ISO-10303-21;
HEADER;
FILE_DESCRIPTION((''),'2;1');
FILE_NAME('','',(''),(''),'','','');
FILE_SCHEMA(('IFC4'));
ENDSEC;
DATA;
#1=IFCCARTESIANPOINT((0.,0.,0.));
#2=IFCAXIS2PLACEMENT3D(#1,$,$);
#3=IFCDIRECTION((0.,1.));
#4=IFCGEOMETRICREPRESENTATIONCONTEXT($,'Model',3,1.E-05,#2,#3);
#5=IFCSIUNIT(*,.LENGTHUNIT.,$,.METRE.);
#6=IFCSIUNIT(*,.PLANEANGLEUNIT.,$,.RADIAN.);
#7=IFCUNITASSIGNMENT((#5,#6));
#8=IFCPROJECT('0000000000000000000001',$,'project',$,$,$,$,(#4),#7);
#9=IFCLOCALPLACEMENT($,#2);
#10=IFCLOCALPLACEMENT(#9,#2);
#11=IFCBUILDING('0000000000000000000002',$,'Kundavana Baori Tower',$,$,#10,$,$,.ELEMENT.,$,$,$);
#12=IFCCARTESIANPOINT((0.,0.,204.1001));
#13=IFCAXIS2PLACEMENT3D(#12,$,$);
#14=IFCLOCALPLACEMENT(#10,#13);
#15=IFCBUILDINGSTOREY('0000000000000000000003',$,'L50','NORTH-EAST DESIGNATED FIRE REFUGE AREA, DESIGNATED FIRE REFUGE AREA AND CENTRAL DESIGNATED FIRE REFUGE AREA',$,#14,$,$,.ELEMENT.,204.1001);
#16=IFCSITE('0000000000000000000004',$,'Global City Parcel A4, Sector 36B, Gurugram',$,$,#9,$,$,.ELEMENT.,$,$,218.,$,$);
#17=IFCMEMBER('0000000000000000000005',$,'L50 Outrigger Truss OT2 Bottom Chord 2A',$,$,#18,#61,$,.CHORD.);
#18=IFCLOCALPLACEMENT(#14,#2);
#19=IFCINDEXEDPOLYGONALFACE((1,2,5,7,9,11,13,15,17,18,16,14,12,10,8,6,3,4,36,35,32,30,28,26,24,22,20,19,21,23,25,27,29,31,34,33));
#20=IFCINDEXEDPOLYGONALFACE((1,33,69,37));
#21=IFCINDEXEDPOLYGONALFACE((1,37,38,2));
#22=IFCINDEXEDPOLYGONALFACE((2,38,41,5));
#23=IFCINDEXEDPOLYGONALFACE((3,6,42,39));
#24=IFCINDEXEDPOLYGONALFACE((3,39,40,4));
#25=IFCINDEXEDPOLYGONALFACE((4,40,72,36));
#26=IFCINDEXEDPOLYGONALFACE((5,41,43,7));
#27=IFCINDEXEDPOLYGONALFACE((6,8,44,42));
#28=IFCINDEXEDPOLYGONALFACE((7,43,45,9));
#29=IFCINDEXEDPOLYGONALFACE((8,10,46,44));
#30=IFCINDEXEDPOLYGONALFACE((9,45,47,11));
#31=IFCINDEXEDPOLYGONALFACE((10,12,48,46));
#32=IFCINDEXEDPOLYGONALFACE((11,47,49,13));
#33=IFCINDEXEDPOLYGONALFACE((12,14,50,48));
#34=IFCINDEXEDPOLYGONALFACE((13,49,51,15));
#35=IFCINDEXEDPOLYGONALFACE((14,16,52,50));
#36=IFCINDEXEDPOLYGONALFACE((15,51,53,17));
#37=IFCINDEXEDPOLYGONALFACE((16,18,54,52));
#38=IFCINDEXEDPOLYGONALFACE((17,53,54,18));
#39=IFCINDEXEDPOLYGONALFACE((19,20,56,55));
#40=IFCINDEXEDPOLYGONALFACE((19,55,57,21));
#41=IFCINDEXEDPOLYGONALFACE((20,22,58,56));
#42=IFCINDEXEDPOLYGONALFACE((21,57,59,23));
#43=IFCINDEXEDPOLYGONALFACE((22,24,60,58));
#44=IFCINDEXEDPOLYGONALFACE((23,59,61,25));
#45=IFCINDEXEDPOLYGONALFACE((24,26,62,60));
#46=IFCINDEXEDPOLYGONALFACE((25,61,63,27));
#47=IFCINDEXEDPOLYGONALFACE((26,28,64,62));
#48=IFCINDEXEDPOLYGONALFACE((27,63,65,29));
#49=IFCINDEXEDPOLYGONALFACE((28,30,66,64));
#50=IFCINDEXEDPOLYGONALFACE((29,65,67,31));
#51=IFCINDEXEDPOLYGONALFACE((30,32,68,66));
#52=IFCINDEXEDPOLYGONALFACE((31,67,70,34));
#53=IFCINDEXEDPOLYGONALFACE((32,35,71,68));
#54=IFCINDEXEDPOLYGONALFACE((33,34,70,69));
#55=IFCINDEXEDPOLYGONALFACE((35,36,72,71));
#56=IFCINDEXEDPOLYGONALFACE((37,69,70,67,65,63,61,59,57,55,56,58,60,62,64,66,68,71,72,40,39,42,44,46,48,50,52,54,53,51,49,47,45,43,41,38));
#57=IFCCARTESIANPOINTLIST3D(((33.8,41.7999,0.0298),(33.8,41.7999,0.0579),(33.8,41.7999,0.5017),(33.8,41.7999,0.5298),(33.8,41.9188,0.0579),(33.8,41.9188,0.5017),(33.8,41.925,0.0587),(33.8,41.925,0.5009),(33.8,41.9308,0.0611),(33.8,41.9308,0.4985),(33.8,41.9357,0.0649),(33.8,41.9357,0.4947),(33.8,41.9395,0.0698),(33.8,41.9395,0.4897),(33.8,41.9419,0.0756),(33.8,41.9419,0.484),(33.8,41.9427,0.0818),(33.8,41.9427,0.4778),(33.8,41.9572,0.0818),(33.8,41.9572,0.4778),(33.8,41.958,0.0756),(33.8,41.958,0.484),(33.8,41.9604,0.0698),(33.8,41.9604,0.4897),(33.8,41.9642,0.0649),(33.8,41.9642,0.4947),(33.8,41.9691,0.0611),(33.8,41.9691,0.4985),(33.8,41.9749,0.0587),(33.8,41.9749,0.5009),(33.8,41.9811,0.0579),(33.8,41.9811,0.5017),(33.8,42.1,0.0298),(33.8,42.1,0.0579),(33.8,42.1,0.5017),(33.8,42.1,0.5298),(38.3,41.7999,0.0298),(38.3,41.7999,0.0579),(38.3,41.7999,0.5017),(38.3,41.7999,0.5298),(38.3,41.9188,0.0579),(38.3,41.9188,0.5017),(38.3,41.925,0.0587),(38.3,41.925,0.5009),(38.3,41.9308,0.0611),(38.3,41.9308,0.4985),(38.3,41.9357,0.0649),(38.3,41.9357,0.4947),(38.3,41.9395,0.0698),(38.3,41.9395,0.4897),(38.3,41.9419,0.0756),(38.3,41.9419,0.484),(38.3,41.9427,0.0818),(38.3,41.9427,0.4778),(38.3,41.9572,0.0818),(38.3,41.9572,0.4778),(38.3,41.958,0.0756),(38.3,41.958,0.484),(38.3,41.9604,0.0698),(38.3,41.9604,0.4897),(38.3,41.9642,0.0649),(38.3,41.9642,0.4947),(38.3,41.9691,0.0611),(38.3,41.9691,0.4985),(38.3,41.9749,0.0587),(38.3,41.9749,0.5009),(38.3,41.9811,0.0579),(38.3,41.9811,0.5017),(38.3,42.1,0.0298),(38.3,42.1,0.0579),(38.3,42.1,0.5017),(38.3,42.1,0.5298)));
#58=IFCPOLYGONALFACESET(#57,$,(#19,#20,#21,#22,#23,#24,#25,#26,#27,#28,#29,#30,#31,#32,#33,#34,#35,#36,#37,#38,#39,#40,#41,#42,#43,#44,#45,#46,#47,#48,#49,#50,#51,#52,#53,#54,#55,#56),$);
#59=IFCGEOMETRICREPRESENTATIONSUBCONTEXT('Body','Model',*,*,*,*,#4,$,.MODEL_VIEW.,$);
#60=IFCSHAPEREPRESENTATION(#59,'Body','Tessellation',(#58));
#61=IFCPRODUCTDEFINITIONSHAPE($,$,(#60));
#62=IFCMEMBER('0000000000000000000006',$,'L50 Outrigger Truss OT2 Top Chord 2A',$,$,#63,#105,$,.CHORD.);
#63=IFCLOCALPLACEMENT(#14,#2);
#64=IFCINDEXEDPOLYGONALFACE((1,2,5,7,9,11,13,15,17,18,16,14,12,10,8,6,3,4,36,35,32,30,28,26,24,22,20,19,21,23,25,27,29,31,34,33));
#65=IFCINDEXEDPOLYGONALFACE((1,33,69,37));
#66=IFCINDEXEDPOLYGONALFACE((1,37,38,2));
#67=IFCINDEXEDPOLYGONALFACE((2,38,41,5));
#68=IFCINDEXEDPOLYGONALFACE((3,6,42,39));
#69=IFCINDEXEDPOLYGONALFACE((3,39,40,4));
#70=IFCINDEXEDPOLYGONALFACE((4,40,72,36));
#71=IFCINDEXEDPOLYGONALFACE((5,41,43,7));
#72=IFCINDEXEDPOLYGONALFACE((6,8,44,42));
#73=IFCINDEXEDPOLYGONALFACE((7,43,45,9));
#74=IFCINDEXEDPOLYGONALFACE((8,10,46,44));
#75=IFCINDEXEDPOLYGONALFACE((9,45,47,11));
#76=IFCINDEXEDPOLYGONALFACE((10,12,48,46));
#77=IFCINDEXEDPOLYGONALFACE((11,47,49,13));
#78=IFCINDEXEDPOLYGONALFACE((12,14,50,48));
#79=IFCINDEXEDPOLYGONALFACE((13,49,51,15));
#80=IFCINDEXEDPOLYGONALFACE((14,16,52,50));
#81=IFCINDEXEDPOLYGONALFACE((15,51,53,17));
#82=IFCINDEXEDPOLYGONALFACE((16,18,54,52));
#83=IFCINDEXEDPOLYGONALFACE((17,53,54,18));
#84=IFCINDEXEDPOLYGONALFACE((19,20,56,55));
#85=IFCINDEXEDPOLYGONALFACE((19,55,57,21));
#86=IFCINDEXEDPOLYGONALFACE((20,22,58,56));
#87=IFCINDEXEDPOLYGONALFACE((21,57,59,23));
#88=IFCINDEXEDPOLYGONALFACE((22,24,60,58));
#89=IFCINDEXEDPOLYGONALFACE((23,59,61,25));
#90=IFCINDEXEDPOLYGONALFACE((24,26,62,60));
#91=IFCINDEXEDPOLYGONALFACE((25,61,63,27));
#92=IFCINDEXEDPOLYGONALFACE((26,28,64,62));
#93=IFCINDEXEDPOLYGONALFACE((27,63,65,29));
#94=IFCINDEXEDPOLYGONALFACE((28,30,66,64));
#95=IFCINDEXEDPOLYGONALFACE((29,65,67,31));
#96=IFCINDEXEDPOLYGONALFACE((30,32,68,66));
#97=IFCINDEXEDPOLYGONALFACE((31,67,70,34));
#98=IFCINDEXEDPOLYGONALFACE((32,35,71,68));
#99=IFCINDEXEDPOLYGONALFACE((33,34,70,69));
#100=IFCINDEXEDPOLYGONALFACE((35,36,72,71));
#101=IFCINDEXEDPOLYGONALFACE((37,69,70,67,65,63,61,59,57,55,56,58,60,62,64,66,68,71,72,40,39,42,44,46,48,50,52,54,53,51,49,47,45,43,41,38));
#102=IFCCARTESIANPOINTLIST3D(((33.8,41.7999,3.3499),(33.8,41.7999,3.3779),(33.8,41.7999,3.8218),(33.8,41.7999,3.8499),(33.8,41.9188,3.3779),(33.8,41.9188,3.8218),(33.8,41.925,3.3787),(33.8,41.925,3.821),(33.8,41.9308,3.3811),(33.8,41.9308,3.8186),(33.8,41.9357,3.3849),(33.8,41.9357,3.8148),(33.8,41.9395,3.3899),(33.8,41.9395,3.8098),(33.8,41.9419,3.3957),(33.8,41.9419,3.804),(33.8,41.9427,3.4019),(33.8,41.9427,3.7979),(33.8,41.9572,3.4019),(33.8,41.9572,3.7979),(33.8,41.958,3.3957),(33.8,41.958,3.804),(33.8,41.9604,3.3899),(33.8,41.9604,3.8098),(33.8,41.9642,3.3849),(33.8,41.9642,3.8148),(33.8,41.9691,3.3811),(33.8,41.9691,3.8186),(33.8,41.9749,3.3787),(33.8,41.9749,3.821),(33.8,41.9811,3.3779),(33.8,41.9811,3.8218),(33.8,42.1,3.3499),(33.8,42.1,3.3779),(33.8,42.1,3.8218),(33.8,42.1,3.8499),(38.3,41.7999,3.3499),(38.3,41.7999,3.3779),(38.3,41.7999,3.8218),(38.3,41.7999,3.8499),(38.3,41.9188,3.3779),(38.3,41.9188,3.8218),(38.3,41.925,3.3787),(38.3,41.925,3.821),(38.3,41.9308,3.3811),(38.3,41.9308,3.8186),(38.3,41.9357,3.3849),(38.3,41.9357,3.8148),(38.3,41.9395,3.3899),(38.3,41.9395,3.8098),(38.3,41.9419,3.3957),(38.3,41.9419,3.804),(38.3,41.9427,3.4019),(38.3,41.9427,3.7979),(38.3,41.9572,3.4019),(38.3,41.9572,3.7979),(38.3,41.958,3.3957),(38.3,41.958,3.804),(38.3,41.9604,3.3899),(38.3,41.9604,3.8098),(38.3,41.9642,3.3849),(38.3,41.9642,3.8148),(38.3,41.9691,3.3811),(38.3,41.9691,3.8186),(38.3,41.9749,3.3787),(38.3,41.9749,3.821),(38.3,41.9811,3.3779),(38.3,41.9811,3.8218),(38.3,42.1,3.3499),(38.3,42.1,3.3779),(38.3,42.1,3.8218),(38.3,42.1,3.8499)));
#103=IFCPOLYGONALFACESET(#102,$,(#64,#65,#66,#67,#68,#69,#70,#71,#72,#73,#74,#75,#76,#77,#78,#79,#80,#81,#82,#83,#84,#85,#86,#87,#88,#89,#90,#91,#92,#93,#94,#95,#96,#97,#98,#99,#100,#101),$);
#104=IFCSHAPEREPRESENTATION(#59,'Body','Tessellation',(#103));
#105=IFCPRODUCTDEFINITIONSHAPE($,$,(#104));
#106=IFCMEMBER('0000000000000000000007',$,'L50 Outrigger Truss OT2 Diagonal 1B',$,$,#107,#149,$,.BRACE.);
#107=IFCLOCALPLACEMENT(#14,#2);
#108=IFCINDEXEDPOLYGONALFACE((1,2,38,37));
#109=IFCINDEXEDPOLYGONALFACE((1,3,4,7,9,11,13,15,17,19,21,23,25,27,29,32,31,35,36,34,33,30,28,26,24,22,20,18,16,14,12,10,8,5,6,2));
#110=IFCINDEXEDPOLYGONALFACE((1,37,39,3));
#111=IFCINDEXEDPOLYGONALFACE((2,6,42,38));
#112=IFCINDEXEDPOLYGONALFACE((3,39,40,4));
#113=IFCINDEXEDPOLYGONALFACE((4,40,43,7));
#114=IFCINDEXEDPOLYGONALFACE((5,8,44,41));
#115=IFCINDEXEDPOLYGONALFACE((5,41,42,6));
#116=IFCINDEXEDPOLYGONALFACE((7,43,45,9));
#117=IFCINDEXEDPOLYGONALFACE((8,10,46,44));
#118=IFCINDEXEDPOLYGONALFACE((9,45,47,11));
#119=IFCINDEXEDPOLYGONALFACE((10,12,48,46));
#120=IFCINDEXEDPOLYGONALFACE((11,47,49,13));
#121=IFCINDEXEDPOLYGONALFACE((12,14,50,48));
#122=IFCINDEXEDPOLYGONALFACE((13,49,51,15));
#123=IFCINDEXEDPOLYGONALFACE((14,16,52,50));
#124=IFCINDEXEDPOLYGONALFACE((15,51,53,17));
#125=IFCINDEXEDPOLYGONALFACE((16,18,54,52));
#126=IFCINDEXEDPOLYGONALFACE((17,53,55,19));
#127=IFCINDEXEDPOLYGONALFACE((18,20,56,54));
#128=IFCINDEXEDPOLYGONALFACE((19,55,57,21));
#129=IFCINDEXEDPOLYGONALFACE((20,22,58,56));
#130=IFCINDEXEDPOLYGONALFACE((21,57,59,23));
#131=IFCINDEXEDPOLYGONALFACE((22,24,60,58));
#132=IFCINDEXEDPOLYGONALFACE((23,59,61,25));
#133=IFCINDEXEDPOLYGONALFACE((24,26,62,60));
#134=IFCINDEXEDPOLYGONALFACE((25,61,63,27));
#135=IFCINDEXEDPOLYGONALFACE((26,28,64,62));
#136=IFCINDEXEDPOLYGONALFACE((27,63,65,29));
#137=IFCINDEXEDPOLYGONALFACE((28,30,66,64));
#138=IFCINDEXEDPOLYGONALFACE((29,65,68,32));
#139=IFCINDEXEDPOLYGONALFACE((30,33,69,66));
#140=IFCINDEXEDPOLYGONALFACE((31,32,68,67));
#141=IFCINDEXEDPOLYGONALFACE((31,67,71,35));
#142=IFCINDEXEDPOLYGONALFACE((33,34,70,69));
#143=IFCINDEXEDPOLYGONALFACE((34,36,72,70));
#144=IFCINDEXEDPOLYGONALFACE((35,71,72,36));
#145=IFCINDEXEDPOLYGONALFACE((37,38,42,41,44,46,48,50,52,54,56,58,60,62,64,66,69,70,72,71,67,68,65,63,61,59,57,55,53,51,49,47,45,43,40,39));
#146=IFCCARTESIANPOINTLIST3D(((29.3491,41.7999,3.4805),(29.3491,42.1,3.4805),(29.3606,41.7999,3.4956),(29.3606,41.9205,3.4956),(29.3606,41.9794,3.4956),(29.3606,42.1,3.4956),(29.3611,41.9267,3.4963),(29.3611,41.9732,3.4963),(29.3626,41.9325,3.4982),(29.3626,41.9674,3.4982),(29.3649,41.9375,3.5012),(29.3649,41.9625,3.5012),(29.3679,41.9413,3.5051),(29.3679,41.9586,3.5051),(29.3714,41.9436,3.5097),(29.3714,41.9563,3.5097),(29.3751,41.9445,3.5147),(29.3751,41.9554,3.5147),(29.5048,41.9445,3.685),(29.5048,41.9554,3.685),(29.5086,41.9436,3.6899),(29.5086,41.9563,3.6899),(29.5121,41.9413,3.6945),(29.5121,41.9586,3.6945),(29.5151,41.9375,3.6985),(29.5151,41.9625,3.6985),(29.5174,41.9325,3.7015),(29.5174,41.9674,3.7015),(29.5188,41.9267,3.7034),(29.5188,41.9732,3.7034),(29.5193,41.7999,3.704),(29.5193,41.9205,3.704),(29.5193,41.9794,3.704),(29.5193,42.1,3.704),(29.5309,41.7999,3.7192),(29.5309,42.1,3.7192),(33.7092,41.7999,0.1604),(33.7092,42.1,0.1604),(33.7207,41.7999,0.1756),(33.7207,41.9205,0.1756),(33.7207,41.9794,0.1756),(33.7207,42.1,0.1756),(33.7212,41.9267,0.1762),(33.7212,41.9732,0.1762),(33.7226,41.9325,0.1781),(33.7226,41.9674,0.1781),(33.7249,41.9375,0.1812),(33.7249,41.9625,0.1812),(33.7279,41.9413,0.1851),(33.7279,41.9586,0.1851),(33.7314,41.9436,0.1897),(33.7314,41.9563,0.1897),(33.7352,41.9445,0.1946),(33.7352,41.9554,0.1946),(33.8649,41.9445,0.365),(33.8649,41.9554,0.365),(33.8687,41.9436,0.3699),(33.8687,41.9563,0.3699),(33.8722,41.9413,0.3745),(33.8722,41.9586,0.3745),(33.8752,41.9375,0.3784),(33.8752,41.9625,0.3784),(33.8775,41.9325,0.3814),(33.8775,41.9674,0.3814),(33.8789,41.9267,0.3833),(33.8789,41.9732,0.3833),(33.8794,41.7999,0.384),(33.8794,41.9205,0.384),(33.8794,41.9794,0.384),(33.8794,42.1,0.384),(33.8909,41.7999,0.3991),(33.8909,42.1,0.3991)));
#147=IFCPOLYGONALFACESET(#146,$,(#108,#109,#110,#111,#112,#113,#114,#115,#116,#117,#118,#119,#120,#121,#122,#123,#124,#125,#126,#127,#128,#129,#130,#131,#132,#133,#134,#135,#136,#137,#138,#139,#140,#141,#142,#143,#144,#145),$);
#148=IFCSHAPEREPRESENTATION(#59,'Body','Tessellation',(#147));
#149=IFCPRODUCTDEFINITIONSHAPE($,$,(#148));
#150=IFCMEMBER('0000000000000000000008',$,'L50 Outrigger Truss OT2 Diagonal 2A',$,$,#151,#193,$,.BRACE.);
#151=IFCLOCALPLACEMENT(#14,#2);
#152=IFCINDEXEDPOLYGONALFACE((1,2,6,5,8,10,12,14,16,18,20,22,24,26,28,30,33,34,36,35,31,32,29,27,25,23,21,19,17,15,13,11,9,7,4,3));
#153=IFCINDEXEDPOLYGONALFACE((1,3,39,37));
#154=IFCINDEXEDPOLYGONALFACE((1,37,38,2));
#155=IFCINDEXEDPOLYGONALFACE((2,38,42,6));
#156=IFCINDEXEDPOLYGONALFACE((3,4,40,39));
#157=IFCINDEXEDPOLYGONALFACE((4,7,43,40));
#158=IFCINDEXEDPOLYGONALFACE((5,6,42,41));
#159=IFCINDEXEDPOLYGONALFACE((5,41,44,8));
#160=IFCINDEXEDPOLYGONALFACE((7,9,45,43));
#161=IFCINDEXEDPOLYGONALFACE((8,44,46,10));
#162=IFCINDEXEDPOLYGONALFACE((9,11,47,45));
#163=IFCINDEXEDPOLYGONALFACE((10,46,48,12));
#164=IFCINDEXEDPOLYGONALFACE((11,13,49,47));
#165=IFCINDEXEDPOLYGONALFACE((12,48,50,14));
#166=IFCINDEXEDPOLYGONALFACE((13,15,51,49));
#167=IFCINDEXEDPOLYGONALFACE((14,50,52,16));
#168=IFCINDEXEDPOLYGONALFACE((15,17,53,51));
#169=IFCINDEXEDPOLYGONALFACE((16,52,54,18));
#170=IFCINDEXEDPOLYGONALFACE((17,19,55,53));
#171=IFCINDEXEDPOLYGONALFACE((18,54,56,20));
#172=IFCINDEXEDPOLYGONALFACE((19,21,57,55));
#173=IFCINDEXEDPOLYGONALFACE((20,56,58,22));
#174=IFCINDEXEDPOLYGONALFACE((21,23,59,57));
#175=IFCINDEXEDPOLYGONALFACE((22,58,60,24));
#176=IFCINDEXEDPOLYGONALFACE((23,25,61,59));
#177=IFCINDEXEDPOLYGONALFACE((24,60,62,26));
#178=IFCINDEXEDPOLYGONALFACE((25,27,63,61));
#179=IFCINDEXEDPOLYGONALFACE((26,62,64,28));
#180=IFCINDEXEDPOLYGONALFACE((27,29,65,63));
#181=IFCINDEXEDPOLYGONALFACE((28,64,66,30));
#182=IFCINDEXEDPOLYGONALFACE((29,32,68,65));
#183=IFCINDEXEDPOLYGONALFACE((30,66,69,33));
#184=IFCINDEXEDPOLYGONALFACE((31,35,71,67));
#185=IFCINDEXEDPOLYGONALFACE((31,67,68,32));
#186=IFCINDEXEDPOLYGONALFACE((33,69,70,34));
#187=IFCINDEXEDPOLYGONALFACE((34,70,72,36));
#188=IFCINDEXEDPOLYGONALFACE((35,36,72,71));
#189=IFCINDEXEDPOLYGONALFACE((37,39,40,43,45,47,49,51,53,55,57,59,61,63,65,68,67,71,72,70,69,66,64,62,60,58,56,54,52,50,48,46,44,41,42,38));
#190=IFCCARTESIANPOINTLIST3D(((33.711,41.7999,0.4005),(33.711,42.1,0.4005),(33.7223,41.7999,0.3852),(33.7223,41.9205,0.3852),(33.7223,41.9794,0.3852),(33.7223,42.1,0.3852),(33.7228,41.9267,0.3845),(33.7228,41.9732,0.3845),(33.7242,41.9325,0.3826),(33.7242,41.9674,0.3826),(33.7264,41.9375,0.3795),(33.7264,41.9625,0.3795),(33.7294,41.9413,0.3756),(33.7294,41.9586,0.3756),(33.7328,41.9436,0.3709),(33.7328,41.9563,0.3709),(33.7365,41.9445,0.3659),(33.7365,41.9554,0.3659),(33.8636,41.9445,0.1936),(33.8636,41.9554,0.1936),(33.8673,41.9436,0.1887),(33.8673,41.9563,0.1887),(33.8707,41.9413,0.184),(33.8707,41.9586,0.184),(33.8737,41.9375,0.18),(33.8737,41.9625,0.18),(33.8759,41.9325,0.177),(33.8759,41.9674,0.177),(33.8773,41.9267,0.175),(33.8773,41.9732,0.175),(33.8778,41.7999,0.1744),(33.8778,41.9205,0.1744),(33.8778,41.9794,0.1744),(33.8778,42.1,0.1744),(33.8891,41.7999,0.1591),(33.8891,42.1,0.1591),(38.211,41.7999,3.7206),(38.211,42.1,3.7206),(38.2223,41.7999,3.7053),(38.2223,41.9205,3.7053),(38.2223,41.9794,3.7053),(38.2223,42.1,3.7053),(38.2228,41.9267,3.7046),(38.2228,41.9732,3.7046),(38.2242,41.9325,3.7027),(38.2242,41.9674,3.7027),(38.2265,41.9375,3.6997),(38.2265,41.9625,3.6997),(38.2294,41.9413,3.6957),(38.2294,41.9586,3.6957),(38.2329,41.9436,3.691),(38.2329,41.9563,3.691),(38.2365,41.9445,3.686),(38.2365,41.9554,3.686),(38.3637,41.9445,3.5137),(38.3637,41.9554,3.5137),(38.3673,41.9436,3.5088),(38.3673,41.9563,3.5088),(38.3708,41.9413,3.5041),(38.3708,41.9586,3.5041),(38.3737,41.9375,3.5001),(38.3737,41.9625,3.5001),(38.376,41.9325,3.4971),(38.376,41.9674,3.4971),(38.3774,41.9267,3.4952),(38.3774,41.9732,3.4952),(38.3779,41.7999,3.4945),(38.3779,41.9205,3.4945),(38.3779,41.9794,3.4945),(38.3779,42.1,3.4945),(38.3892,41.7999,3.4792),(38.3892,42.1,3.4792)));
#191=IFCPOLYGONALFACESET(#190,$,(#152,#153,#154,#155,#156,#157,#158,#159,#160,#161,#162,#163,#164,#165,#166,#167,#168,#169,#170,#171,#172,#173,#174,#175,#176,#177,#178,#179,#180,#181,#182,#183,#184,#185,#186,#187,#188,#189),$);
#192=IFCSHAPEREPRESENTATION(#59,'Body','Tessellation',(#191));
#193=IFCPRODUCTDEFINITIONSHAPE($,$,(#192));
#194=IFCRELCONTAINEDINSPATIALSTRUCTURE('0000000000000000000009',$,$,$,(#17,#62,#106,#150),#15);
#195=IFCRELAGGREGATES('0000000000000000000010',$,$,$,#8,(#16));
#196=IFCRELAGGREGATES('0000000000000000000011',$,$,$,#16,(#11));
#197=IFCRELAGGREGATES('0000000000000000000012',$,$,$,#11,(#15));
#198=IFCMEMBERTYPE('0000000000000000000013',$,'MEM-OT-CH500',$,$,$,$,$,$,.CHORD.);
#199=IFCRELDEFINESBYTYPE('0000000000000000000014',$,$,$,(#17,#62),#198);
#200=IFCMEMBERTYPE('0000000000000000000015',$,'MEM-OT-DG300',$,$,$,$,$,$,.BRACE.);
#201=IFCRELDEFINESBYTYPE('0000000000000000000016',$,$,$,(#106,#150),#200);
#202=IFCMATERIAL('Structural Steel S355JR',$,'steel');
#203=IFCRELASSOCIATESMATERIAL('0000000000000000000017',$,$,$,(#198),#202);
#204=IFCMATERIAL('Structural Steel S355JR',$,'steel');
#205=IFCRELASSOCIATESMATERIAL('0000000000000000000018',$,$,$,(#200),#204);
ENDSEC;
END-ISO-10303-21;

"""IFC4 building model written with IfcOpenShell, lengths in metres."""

from ifc_helpers import new_model, si_unit, direction, frame, origin, origin_2d, place, context, subcontext, project, spatial, i_section, extrude, material, material_profile, profile_set, type_object, element, save


model = new_model("IFC4")

# Units and contexts
model_context = context("Model", 3, precision=1e-05, world=origin(), true_north=direction((0.0, 1.0)))
body_context = subcontext(model_context, "Body", "Model", "MODEL_VIEW")
ifc_project = project(units=[si_unit("LENGTHUNIT", "METRE"), si_unit("PLANEANGLEUNIT", "RADIAN")], contexts=[model_context])

# Site, building, storey
site_placement = place(None, origin())
site = spatial("IfcSite", under=ifc_project, at=site_placement, Name="Global City Parcel A4, Sector 36B, Gurugram", CompositionType="ELEMENT", RefElevation=218.0)
building_placement = place(site_placement, origin())
building = spatial("IfcBuilding", under=site, at=building_placement, Name="Kundavana Baori Tower", CompositionType="ELEMENT")
storey_placement = place(building_placement, frame((0.0, 0.0, 204.1001)))
storey = spatial("IfcBuildingStorey", under=building, at=storey_placement, Name="L50", Description="NORTH-EAST DESIGNATED FIRE REFUGE AREA, DESIGNATED FIRE REFUGE AREA AND CENTRAL DESIGNATED FIRE REFUGE AREA", CompositionType="ELEMENT", Elevation=204.1001)

# Members
ifc_material_1 = material(Name="Structural Steel S355JR", Category="steel")
ifc_material_profile_1 = material_profile(ifc_material_1, i_section(OverallWidth=0.3, OverallDepth=0.5, WebThickness=0.0144, FlangeThickness=0.0281, FilletRadius=0.0239, at=origin_2d()), Name="WPB 500x300x155")
ifc_profile_set_1 = profile_set([ifc_material_profile_1], Name="Structural Steel S355JR")
member_type_1 = type_object("IfcMemberType", Name="MEM-OT-CH500", PredefinedType="CHORD", material=ifc_profile_set_1)
for number, where, z_axis, x_axis, name in (
    (1, (33.8, 41.95, 0.2798), (1.0, 0.0, 0.0), (0.0, 1.0, 0.0), "L50 Outrigger Truss OT2 Bottom Chord 2A"),
    (2, (33.8, 41.95, 3.5999), (1.0, 0.0, 0.0), (0.0, 1.0, 0.0), "L50 Outrigger Truss OT2 Top Chord 2A"),
):
    element("IfcMember", number, at=place(storey_placement, frame(where, z_axis=z_axis, x_axis=x_axis)), inside=storey, type_object=member_type_1, Name=name, PredefinedType="CHORD", context=body_context, shape_type="SweptSolid", body=[
        extrude(i_section(OverallWidth=0.3, OverallDepth=0.5, WebThickness=0.0144, FlangeThickness=0.0281, FilletRadius=0.0239, at=origin_2d()), origin(), (0.0, 0.0, 1.0), 4.5),
    ])
ifc_material_2 = material(Name="Structural Steel S355JR", Category="steel")
ifc_material_profile_2 = material_profile(ifc_material_2, i_section(OverallWidth=0.3, OverallDepth=0.3, WebThickness=0.011, FlangeThickness=0.019, FilletRadius=0.0239, at=origin_2d()), Name="WPB 300x300x117")
ifc_profile_set_2 = profile_set([ifc_material_profile_2], Name="Structural Steel S355JR")
member_type_2 = type_object("IfcMemberType", Name="MEM-OT-DG300", PredefinedType="BRACE", material=ifc_profile_set_2)
member_1_placement = place(storey_placement, frame((33.8, 41.95, 0.2798), z_axis=(-0.7956, 0.0, 0.605822), x_axis=(0.0, -1.0, 0.0)))
element("IfcMember", 3, at=member_1_placement, inside=storey, type_object=member_type_2, Name="L50 Outrigger Truss OT2 Diagonal 1B", PredefinedType="BRACE", context=body_context, shape_type="SweptSolid", body=[
    extrude(i_section(OverallWidth=0.3, OverallDepth=0.3, WebThickness=0.011, FlangeThickness=0.019, FilletRadius=0.0239, at=origin_2d()), origin(), (0.0, 0.0, 1.0), 5.4802),
])
member_2_placement = place(storey_placement, frame((33.8, 41.95, 0.2798), z_axis=(0.80469, 0.0, 0.593695), x_axis=(0.0, 1.0, 0.0)))
element("IfcMember", 4, at=member_2_placement, inside=storey, type_object=member_type_2, Name="L50 Outrigger Truss OT2 Diagonal 2A", PredefinedType="BRACE", context=body_context, shape_type="SweptSolid", body=[
    extrude(i_section(OverallWidth=0.3, OverallDepth=0.3, WebThickness=0.011, FlangeThickness=0.019, FilletRadius=0.0239, at=origin_2d()), origin(), (0.0, 0.0, 1.0), 5.5923),
])

save(model, "model.ifc")
